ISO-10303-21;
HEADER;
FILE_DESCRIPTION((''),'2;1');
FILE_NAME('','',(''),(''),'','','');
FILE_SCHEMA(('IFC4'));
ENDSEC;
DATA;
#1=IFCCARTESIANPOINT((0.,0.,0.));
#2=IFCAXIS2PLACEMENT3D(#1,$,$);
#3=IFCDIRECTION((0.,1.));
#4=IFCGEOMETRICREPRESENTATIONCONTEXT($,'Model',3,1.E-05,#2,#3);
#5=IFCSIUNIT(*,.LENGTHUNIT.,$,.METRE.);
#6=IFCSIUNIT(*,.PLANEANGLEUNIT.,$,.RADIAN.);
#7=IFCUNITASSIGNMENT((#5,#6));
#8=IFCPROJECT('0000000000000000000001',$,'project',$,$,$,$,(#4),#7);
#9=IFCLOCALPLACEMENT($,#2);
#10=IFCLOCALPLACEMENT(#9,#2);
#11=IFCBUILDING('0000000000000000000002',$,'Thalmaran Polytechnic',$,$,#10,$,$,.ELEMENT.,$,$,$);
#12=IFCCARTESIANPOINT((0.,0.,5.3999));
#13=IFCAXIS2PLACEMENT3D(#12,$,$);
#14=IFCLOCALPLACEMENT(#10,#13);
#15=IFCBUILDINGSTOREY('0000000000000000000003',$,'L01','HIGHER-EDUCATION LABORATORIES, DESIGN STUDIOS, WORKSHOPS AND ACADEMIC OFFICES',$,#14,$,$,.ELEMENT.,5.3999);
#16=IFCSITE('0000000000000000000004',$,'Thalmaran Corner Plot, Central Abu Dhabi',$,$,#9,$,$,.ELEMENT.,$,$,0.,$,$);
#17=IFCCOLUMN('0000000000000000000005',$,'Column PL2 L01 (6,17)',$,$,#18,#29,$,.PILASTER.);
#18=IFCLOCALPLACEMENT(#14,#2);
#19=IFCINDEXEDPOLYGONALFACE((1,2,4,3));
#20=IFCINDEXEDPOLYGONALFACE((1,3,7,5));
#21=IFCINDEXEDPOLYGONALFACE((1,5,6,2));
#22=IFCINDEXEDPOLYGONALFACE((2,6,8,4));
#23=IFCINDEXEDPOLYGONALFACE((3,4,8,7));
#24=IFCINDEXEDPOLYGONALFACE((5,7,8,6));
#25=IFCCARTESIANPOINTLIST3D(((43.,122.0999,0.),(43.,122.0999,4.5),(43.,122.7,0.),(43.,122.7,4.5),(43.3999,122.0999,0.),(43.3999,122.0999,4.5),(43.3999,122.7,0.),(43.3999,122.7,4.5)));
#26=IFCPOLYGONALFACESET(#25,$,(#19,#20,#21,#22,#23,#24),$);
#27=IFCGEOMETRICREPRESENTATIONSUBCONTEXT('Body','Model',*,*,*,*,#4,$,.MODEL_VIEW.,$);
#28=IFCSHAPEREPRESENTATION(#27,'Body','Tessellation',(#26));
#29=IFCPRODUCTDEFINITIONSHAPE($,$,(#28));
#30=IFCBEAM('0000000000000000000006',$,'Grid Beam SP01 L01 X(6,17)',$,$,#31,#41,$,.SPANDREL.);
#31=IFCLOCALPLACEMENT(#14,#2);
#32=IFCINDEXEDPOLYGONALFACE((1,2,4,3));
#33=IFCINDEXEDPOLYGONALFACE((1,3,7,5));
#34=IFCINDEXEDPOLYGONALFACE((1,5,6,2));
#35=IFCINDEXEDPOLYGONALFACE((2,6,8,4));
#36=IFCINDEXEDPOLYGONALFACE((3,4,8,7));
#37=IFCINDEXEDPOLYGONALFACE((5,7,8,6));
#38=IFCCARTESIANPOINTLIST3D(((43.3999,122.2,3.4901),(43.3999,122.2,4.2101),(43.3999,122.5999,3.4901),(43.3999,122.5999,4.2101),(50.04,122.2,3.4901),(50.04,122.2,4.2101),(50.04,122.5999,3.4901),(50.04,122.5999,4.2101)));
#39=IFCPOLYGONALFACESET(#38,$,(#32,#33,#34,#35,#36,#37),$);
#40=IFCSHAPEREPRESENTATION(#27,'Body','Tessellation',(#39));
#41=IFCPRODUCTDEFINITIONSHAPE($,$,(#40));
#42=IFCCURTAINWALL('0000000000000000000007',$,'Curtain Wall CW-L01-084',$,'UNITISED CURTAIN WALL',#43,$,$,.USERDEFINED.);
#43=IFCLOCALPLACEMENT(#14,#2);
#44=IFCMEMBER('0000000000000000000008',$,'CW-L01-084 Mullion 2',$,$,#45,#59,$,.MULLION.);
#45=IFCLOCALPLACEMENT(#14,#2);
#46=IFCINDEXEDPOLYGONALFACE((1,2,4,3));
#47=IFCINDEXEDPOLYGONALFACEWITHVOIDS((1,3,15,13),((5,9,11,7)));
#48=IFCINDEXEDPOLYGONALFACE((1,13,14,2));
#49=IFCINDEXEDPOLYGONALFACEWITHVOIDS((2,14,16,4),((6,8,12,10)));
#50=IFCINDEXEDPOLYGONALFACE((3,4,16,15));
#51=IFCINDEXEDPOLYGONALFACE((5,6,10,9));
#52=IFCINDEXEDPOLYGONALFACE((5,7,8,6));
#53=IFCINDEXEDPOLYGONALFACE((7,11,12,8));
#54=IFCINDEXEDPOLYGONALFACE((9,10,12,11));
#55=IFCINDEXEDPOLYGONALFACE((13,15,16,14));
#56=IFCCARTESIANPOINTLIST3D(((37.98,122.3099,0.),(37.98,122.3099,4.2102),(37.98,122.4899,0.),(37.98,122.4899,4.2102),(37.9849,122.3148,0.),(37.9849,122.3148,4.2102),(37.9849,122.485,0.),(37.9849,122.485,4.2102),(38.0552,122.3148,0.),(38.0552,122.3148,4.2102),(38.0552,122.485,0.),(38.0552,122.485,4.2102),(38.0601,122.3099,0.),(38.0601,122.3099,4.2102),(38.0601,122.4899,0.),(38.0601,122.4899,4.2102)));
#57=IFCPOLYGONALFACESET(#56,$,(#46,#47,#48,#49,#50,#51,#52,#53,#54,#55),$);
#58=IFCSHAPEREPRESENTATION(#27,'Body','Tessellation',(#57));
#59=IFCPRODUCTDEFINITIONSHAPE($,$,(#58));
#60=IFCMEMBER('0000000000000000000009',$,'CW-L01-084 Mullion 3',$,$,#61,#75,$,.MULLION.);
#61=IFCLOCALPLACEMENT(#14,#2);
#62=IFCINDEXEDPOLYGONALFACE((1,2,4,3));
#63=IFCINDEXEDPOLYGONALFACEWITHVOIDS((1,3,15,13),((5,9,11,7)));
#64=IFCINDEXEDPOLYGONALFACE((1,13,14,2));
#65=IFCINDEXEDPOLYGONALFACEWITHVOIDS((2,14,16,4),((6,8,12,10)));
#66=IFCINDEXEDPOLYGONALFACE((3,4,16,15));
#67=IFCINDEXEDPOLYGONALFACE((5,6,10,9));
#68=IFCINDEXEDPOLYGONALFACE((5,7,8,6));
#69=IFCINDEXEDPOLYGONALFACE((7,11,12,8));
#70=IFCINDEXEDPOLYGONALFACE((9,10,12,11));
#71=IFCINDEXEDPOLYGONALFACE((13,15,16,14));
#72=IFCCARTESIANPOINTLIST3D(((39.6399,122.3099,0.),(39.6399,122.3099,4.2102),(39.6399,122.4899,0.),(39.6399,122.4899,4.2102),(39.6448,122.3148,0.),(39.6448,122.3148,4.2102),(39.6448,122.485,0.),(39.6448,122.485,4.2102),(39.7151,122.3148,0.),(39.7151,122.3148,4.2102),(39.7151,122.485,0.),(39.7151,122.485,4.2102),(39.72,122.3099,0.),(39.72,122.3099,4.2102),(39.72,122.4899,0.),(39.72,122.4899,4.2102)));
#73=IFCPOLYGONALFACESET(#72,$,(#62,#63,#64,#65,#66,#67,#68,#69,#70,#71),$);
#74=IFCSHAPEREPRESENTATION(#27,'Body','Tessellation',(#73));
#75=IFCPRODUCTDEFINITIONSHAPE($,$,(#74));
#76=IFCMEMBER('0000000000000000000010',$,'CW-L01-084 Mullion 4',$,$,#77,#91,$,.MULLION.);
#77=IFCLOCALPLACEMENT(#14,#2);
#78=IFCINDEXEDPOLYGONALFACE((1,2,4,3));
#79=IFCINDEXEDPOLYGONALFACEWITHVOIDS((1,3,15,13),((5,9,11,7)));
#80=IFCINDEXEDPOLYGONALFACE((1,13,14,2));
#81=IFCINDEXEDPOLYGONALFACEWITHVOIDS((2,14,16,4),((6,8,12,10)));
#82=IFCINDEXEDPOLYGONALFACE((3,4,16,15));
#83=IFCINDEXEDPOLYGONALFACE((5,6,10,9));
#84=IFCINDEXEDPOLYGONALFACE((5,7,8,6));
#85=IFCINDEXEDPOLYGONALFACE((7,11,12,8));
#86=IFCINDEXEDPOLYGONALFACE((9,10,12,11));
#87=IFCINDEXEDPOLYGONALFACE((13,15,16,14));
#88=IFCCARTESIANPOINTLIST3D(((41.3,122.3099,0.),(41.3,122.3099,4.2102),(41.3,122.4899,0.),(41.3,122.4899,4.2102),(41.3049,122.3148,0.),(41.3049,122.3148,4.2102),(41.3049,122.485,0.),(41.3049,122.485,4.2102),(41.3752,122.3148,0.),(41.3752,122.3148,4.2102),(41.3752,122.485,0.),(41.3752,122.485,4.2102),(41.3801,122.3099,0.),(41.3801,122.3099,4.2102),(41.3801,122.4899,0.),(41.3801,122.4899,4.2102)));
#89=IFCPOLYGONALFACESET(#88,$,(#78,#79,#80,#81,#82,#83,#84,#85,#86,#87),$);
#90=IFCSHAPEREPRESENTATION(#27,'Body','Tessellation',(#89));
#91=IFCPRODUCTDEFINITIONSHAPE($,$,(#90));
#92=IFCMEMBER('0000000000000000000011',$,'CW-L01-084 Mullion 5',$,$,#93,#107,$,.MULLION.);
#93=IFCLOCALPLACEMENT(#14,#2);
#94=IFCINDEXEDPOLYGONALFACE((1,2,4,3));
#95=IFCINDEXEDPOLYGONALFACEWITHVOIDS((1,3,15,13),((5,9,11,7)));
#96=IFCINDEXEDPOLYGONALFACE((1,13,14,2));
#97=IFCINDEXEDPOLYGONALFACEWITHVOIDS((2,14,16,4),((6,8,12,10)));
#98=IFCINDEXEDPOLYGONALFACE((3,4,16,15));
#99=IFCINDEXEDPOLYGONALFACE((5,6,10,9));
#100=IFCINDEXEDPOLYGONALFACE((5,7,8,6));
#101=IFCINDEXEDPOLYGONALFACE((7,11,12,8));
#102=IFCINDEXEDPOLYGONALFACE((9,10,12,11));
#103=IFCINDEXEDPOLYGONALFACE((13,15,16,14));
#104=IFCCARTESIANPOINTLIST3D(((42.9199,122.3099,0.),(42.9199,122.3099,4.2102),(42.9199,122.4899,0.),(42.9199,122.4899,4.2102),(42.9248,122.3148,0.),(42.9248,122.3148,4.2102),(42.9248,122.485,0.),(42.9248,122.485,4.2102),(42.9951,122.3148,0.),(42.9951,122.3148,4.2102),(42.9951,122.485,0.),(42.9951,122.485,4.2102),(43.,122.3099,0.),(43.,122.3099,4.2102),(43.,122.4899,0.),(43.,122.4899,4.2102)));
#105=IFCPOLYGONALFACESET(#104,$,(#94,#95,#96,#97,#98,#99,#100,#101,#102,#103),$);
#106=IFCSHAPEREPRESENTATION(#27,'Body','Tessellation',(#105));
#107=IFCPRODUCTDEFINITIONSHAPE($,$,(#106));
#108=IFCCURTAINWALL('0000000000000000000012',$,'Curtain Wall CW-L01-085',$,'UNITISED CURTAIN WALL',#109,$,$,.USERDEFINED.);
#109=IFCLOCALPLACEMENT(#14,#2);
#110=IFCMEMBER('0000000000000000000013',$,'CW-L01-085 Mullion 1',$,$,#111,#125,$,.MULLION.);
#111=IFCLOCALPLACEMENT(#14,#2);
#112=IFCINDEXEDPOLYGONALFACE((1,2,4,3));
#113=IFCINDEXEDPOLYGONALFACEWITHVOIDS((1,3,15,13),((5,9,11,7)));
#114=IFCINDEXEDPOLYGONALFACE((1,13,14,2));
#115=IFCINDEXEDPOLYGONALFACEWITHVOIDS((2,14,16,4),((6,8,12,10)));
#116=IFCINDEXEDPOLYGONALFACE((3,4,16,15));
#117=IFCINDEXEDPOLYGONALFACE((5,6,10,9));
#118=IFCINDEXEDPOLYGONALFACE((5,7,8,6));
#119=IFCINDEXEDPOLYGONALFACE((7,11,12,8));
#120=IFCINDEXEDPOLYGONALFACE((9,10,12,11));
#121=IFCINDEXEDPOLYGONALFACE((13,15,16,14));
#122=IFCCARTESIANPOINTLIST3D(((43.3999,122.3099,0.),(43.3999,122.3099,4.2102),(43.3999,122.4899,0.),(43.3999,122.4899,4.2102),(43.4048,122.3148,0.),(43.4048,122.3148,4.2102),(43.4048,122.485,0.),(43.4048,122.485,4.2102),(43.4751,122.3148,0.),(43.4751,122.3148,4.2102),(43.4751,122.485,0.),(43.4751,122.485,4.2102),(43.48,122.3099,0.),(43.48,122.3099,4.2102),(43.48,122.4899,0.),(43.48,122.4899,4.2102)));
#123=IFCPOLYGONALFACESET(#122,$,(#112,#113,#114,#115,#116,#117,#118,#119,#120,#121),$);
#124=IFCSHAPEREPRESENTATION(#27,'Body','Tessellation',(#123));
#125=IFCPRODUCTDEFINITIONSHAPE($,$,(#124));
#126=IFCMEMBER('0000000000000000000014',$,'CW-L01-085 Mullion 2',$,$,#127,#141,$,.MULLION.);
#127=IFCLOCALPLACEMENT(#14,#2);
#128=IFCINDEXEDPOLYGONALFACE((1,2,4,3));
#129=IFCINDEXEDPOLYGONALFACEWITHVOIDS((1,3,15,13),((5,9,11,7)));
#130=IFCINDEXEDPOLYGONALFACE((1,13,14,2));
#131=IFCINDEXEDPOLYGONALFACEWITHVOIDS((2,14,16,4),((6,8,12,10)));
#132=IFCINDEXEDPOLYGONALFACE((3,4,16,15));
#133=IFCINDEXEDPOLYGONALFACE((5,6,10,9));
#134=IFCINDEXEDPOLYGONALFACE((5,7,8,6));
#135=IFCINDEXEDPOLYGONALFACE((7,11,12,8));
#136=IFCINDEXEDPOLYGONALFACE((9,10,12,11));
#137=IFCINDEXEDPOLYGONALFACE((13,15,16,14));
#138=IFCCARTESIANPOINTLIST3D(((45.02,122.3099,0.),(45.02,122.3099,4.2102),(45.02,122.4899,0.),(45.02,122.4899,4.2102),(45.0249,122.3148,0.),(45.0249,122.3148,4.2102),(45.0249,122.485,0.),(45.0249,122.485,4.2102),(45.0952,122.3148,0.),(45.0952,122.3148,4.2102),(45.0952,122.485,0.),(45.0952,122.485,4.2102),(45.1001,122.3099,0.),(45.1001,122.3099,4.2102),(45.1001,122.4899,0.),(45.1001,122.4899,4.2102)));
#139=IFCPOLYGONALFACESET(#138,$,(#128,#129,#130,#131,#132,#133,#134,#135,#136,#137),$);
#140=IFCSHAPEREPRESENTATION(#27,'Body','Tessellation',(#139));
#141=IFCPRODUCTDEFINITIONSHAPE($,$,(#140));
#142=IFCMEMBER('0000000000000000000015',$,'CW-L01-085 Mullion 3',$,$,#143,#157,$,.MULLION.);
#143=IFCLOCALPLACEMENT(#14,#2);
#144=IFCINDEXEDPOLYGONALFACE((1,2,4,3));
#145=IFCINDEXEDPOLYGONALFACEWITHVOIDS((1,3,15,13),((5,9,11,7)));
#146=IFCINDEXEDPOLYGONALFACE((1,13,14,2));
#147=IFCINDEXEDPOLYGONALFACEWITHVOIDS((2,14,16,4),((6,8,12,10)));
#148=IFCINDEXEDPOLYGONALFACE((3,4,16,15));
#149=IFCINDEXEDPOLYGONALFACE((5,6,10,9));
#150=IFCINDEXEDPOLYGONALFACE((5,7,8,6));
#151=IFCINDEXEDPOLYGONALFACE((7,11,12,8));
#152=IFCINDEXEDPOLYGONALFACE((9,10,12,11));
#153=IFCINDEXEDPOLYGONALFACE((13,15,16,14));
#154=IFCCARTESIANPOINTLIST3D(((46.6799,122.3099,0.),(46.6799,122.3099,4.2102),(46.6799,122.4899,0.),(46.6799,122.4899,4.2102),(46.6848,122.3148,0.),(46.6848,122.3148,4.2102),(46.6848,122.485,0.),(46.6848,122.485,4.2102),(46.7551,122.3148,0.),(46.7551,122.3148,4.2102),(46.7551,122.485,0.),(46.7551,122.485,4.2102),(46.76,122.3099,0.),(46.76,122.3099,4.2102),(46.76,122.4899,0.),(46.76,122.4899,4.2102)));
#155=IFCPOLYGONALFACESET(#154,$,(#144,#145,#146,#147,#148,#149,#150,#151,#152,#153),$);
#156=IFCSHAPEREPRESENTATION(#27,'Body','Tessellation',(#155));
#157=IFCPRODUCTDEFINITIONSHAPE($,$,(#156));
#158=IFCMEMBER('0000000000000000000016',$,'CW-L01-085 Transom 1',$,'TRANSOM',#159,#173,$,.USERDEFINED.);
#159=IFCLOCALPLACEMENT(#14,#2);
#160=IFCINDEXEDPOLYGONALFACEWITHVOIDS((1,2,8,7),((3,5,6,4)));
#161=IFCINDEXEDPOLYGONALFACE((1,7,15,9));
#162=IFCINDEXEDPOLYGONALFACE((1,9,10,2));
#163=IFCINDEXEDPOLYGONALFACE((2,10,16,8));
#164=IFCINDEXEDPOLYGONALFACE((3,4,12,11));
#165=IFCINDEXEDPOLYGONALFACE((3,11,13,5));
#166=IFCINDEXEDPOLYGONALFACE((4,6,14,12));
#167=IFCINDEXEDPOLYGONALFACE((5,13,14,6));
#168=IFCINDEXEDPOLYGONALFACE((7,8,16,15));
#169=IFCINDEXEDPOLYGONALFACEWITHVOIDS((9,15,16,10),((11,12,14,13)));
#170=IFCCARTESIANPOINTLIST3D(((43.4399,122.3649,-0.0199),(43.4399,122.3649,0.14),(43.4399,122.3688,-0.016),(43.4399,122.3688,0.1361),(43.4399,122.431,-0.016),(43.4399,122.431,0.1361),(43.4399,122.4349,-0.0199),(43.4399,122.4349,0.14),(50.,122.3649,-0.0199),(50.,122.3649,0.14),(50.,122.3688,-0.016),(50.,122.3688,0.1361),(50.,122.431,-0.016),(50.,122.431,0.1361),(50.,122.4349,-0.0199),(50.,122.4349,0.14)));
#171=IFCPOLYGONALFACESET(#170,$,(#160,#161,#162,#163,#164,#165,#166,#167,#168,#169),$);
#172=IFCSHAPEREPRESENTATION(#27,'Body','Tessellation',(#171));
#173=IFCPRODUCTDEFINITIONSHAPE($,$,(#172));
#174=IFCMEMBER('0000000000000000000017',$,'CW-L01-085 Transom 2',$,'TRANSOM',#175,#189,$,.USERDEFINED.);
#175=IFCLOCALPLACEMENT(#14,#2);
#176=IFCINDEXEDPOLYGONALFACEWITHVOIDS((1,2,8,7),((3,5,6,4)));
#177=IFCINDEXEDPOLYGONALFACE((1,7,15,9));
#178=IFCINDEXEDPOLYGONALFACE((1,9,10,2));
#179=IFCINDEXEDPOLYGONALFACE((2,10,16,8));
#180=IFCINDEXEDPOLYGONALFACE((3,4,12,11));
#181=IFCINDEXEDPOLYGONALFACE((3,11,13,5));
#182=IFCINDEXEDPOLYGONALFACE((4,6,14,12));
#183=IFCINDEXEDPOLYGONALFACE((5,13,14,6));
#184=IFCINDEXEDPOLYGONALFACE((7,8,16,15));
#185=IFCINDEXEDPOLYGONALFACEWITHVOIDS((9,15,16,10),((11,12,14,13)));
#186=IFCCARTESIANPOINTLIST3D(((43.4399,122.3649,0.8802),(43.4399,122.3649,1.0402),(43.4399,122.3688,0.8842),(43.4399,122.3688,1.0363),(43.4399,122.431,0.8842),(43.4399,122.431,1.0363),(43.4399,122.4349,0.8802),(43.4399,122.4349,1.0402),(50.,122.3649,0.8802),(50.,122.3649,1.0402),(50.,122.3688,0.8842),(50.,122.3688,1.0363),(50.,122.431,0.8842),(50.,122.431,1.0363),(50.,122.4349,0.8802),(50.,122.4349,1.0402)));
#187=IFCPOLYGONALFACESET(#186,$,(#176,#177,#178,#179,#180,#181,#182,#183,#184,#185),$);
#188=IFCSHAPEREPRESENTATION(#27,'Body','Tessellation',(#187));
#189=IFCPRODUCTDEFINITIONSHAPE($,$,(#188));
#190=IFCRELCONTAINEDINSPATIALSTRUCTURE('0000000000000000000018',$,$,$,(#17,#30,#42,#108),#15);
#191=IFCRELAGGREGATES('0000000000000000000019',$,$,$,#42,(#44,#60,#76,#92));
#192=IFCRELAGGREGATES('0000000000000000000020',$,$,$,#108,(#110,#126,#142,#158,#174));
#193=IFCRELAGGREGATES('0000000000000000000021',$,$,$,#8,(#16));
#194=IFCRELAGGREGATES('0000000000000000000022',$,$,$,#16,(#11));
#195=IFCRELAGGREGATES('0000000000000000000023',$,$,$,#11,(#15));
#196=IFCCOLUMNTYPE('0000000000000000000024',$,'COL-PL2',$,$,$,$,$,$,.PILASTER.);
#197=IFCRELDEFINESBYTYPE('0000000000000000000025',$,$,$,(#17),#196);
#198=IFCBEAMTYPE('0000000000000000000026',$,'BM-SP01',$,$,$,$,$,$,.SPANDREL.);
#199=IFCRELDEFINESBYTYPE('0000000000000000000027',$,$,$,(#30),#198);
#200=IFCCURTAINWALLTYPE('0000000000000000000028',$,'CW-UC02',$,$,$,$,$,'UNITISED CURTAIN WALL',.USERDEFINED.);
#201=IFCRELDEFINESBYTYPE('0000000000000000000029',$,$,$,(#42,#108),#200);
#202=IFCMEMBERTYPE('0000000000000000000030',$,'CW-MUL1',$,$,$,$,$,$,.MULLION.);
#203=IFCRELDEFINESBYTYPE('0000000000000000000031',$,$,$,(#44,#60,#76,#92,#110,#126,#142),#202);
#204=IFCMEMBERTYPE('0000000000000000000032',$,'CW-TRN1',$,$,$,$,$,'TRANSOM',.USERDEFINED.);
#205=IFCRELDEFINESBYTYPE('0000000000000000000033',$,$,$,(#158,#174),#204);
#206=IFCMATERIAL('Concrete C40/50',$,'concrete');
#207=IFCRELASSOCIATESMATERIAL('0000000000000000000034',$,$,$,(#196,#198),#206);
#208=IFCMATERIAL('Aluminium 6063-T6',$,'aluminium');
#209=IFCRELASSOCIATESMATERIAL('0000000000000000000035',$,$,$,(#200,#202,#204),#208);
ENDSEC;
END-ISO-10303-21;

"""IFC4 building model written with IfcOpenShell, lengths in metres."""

from ifc_helpers import new_model, si_unit, direction, frame, origin, origin_2d, place, context, subcontext, project, spatial, rectangle, hollow_rectangle, extrude, material, material_profile, profile_set, type_object, element, aggregate, save


model = new_model("IFC4")

# Units and contexts
model_context = context("Model", 3, precision=1e-05, world=origin(), true_north=direction((0.0, 1.0)))
body_context = subcontext(model_context, "Body", "Model", "MODEL_VIEW")
ifc_project = project(units=[si_unit("LENGTHUNIT", "METRE"), si_unit("PLANEANGLEUNIT", "RADIAN")], contexts=[model_context])

# Site, building, storey
site_placement = place(None, origin())
site = spatial("IfcSite", under=ifc_project, at=site_placement, Name="Thalmaran Corner Plot, Central Abu Dhabi", CompositionType="ELEMENT", RefElevation=0.0)
building_placement = place(site_placement, origin())
building = spatial("IfcBuilding", under=site, at=building_placement, Name="Thalmaran Polytechnic", CompositionType="ELEMENT")
storey_placement = place(building_placement, frame((0.0, 0.0, 5.3999)))
storey = spatial("IfcBuildingStorey", under=building, at=storey_placement, Name="L01", Description="HIGHER-EDUCATION LABORATORIES, DESIGN STUDIOS, WORKSHOPS AND ACADEMIC OFFICES", CompositionType="ELEMENT", Elevation=5.3999)

# Column
ifc_material_1 = material(Name="Concrete C40/50", Category="concrete")
ifc_material_profile_1 = material_profile(ifc_material_1, rectangle(XDim=0.3999, YDim=0.6001, at=origin_2d()), Name="RC 400x600")
ifc_profile_set_1 = profile_set([ifc_material_profile_1], Name="Concrete C40/50")
column_type = type_object("IfcColumnType", Name="COL-PL2", PredefinedType="PILASTER", material=ifc_profile_set_1)
column_placement = place(storey_placement, frame((43.2, 122.3999, 0.0), z_axis=(0.0, 0.0, 1.0), x_axis=(1.0, 0.0, 0.0)))
element("IfcColumn", 1, at=column_placement, inside=storey, type_object=column_type, Name="Column PL2 L01 (6,17)", PredefinedType="PILASTER", context=body_context, shape_type="SweptSolid", body=[
    extrude(rectangle(XDim=0.3999, YDim=0.6001, at=origin_2d()), origin(), (0.0, 0.0, 1.0), 4.5),
])

# Beam
ifc_material_profile_2 = material_profile(ifc_material_1, rectangle(XDim=0.3999, YDim=0.72, at=origin_2d()), Name="RC 400x720")
ifc_profile_set_2 = profile_set([ifc_material_profile_2], Name="Concrete C40/50")
beam_type = type_object("IfcBeamType", Name="BM-SP01", PredefinedType="SPANDREL", material=ifc_profile_set_2)
beam_placement = place(storey_placement, frame((43.3999, 122.3999, 3.8501), z_axis=(1.0, 0.0, 0.0), x_axis=(0.0, 1.0, 0.0)))
element("IfcBeam", 2, at=beam_placement, inside=storey, type_object=beam_type, Name="Grid Beam SP01 L01 X(6,17)", PredefinedType="SPANDREL", context=body_context, shape_type="SweptSolid", body=[
    extrude(rectangle(XDim=0.3999, YDim=0.72, at=origin_2d()), origin(), (0.0, 0.0, 1.0), 6.6401),
])

# Curtain walls, members
ifc_material_2 = material(Name="Aluminium 6063-T6", Category="aluminium")
curtain_wall_type = type_object("IfcCurtainWallType", Name="CW-UC02", ElementType="UNITISED CURTAIN WALL", PredefinedType="USERDEFINED", material=ifc_material_2)
curtain_wall_1_placement = place(storey_placement, origin())
curtain_wall_1 = element("IfcCurtainWall", 3, at=curtain_wall_1_placement, inside=storey, type_object=curtain_wall_type, Name="Curtain Wall CW-L01-084", ObjectType="UNITISED CURTAIN WALL", PredefinedType="USERDEFINED")
ifc_material_profile_3 = material_profile(ifc_material_2, hollow_rectangle(XDim=0.0801, YDim=0.1799, WallThickness=0.0049, at=origin_2d()), Name="RHS 180x80x5.0")
ifc_profile_set_3 = profile_set([ifc_material_profile_3], Name="Aluminium 6063-T6")
member_type_1 = type_object("IfcMemberType", Name="CW-MUL1", PredefinedType="MULLION", material=ifc_profile_set_3)
member_1_placement = place(storey_placement, frame((38.02, 122.3999, 0.0), z_axis=(0.0, 0.0, 1.0), x_axis=(1.0, 0.0, 0.0)))
member_1 = element("IfcMember", 4, at=member_1_placement, type_object=member_type_1, Name="CW-L01-084 Mullion 2", PredefinedType="MULLION", context=body_context, shape_type="SweptSolid", body=[
    extrude(hollow_rectangle(XDim=0.0801, YDim=0.1799, WallThickness=0.0049, at=origin_2d()), origin(), (0.0, 0.0, 1.0), 4.2102),
])
member_2_placement = place(storey_placement, frame((39.6799, 122.3999, 0.0), z_axis=(0.0, 0.0, 1.0), x_axis=(1.0, 0.0, 0.0)))
member_2 = element("IfcMember", 5, at=member_2_placement, type_object=member_type_1, Name="CW-L01-084 Mullion 3", PredefinedType="MULLION", context=body_context, shape_type="SweptSolid", body=[
    extrude(hollow_rectangle(XDim=0.0801, YDim=0.1799, WallThickness=0.0049, at=origin_2d()), origin(), (0.0, 0.0, 1.0), 4.2102),
])
member_3_placement = place(storey_placement, frame((41.3401, 122.3999, 0.0), z_axis=(0.0, 0.0, 1.0), x_axis=(1.0, 0.0, 0.0)))
member_3 = element("IfcMember", 6, at=member_3_placement, type_object=member_type_1, Name="CW-L01-084 Mullion 4", PredefinedType="MULLION", context=body_context, shape_type="SweptSolid", body=[
    extrude(hollow_rectangle(XDim=0.0801, YDim=0.1799, WallThickness=0.0049, at=origin_2d()), origin(), (0.0, 0.0, 1.0), 4.2102),
])
member_4_placement = place(storey_placement, frame((42.96, 122.3999, 0.0), z_axis=(0.0, 0.0, 1.0), x_axis=(1.0, 0.0, 0.0)))
member_4 = element("IfcMember", 7, at=member_4_placement, type_object=member_type_1, Name="CW-L01-084 Mullion 5", PredefinedType="MULLION", context=body_context, shape_type="SweptSolid", body=[
    extrude(hollow_rectangle(XDim=0.0801, YDim=0.1799, WallThickness=0.0049, at=origin_2d()), origin(), (0.0, 0.0, 1.0), 4.2102),
])
curtain_wall_2_placement = place(storey_placement, origin())
curtain_wall_2 = element("IfcCurtainWall", 8, at=curtain_wall_2_placement, inside=storey, type_object=curtain_wall_type, Name="Curtain Wall CW-L01-085", ObjectType="UNITISED CURTAIN WALL", PredefinedType="USERDEFINED")
member_5_placement = place(storey_placement, frame((43.4399, 122.3999, 0.0), z_axis=(0.0, 0.0, 1.0), x_axis=(1.0, 0.0, 0.0)))
member_5 = element("IfcMember", 9, at=member_5_placement, type_object=member_type_1, Name="CW-L01-085 Mullion 1", PredefinedType="MULLION", context=body_context, shape_type="SweptSolid", body=[
    extrude(hollow_rectangle(XDim=0.0801, YDim=0.1799, WallThickness=0.0049, at=origin_2d()), origin(), (0.0, 0.0, 1.0), 4.2102),
])
member_6_placement = place(storey_placement, frame((45.0601, 122.3999, 0.0), z_axis=(0.0, 0.0, 1.0), x_axis=(1.0, 0.0, 0.0)))
member_6 = element("IfcMember", 10, at=member_6_placement, type_object=member_type_1, Name="CW-L01-085 Mullion 2", PredefinedType="MULLION", context=body_context, shape_type="SweptSolid", body=[
    extrude(hollow_rectangle(XDim=0.0801, YDim=0.1799, WallThickness=0.0049, at=origin_2d()), origin(), (0.0, 0.0, 1.0), 4.2102),
])
member_7_placement = place(storey_placement, frame((46.72, 122.3999, 0.0), z_axis=(0.0, 0.0, 1.0), x_axis=(1.0, 0.0, 0.0)))
member_7 = element("IfcMember", 11, at=member_7_placement, type_object=member_type_1, Name="CW-L01-085 Mullion 3", PredefinedType="MULLION", context=body_context, shape_type="SweptSolid", body=[
    extrude(hollow_rectangle(XDim=0.0801, YDim=0.1799, WallThickness=0.0049, at=origin_2d()), origin(), (0.0, 0.0, 1.0), 4.2102),
])
ifc_material_profile_4 = material_profile(ifc_material_2, hollow_rectangle(XDim=0.0701, YDim=0.1599, WallThickness=0.0039, at=origin_2d()), Name="AL 160x70x4.0")
ifc_profile_set_4 = profile_set([ifc_material_profile_4], Name="Aluminium 6063-T6")
member_type_2 = type_object("IfcMemberType", Name="CW-TRN1", ElementType="TRANSOM", PredefinedType="USERDEFINED", material=ifc_profile_set_4)
member_8_placement = place(storey_placement, frame((43.4399, 122.3999, 0.0601), z_axis=(1.0, 0.0, 0.0), x_axis=(0.0, 1.0, 0.0)))
member_8 = element("IfcMember", 12, at=member_8_placement, type_object=member_type_2, Name="CW-L01-085 Transom 1", ObjectType="TRANSOM", PredefinedType="USERDEFINED", context=body_context, shape_type="SweptSolid", body=[
    extrude(hollow_rectangle(XDim=0.0701, YDim=0.1599, WallThickness=0.0039, at=origin_2d()), origin(), (0.0, 0.0, 1.0), 6.5601),
])
member_9_placement = place(storey_placement, frame((43.4399, 122.3999, 0.9602), z_axis=(1.0, 0.0, 0.0), x_axis=(0.0, 1.0, 0.0)))
member_9 = element("IfcMember", 13, at=member_9_placement, type_object=member_type_2, Name="CW-L01-085 Transom 2", ObjectType="TRANSOM", PredefinedType="USERDEFINED", context=body_context, shape_type="SweptSolid", body=[
    extrude(hollow_rectangle(XDim=0.0701, YDim=0.1599, WallThickness=0.0039, at=origin_2d()), origin(), (0.0, 0.0, 1.0), 6.5601),
])

aggregate(curtain_wall_1, [member_1, member_2, member_3, member_4])
aggregate(curtain_wall_2, [member_5, member_6, member_7, member_8, member_9])

save(model, "model.ifc")
